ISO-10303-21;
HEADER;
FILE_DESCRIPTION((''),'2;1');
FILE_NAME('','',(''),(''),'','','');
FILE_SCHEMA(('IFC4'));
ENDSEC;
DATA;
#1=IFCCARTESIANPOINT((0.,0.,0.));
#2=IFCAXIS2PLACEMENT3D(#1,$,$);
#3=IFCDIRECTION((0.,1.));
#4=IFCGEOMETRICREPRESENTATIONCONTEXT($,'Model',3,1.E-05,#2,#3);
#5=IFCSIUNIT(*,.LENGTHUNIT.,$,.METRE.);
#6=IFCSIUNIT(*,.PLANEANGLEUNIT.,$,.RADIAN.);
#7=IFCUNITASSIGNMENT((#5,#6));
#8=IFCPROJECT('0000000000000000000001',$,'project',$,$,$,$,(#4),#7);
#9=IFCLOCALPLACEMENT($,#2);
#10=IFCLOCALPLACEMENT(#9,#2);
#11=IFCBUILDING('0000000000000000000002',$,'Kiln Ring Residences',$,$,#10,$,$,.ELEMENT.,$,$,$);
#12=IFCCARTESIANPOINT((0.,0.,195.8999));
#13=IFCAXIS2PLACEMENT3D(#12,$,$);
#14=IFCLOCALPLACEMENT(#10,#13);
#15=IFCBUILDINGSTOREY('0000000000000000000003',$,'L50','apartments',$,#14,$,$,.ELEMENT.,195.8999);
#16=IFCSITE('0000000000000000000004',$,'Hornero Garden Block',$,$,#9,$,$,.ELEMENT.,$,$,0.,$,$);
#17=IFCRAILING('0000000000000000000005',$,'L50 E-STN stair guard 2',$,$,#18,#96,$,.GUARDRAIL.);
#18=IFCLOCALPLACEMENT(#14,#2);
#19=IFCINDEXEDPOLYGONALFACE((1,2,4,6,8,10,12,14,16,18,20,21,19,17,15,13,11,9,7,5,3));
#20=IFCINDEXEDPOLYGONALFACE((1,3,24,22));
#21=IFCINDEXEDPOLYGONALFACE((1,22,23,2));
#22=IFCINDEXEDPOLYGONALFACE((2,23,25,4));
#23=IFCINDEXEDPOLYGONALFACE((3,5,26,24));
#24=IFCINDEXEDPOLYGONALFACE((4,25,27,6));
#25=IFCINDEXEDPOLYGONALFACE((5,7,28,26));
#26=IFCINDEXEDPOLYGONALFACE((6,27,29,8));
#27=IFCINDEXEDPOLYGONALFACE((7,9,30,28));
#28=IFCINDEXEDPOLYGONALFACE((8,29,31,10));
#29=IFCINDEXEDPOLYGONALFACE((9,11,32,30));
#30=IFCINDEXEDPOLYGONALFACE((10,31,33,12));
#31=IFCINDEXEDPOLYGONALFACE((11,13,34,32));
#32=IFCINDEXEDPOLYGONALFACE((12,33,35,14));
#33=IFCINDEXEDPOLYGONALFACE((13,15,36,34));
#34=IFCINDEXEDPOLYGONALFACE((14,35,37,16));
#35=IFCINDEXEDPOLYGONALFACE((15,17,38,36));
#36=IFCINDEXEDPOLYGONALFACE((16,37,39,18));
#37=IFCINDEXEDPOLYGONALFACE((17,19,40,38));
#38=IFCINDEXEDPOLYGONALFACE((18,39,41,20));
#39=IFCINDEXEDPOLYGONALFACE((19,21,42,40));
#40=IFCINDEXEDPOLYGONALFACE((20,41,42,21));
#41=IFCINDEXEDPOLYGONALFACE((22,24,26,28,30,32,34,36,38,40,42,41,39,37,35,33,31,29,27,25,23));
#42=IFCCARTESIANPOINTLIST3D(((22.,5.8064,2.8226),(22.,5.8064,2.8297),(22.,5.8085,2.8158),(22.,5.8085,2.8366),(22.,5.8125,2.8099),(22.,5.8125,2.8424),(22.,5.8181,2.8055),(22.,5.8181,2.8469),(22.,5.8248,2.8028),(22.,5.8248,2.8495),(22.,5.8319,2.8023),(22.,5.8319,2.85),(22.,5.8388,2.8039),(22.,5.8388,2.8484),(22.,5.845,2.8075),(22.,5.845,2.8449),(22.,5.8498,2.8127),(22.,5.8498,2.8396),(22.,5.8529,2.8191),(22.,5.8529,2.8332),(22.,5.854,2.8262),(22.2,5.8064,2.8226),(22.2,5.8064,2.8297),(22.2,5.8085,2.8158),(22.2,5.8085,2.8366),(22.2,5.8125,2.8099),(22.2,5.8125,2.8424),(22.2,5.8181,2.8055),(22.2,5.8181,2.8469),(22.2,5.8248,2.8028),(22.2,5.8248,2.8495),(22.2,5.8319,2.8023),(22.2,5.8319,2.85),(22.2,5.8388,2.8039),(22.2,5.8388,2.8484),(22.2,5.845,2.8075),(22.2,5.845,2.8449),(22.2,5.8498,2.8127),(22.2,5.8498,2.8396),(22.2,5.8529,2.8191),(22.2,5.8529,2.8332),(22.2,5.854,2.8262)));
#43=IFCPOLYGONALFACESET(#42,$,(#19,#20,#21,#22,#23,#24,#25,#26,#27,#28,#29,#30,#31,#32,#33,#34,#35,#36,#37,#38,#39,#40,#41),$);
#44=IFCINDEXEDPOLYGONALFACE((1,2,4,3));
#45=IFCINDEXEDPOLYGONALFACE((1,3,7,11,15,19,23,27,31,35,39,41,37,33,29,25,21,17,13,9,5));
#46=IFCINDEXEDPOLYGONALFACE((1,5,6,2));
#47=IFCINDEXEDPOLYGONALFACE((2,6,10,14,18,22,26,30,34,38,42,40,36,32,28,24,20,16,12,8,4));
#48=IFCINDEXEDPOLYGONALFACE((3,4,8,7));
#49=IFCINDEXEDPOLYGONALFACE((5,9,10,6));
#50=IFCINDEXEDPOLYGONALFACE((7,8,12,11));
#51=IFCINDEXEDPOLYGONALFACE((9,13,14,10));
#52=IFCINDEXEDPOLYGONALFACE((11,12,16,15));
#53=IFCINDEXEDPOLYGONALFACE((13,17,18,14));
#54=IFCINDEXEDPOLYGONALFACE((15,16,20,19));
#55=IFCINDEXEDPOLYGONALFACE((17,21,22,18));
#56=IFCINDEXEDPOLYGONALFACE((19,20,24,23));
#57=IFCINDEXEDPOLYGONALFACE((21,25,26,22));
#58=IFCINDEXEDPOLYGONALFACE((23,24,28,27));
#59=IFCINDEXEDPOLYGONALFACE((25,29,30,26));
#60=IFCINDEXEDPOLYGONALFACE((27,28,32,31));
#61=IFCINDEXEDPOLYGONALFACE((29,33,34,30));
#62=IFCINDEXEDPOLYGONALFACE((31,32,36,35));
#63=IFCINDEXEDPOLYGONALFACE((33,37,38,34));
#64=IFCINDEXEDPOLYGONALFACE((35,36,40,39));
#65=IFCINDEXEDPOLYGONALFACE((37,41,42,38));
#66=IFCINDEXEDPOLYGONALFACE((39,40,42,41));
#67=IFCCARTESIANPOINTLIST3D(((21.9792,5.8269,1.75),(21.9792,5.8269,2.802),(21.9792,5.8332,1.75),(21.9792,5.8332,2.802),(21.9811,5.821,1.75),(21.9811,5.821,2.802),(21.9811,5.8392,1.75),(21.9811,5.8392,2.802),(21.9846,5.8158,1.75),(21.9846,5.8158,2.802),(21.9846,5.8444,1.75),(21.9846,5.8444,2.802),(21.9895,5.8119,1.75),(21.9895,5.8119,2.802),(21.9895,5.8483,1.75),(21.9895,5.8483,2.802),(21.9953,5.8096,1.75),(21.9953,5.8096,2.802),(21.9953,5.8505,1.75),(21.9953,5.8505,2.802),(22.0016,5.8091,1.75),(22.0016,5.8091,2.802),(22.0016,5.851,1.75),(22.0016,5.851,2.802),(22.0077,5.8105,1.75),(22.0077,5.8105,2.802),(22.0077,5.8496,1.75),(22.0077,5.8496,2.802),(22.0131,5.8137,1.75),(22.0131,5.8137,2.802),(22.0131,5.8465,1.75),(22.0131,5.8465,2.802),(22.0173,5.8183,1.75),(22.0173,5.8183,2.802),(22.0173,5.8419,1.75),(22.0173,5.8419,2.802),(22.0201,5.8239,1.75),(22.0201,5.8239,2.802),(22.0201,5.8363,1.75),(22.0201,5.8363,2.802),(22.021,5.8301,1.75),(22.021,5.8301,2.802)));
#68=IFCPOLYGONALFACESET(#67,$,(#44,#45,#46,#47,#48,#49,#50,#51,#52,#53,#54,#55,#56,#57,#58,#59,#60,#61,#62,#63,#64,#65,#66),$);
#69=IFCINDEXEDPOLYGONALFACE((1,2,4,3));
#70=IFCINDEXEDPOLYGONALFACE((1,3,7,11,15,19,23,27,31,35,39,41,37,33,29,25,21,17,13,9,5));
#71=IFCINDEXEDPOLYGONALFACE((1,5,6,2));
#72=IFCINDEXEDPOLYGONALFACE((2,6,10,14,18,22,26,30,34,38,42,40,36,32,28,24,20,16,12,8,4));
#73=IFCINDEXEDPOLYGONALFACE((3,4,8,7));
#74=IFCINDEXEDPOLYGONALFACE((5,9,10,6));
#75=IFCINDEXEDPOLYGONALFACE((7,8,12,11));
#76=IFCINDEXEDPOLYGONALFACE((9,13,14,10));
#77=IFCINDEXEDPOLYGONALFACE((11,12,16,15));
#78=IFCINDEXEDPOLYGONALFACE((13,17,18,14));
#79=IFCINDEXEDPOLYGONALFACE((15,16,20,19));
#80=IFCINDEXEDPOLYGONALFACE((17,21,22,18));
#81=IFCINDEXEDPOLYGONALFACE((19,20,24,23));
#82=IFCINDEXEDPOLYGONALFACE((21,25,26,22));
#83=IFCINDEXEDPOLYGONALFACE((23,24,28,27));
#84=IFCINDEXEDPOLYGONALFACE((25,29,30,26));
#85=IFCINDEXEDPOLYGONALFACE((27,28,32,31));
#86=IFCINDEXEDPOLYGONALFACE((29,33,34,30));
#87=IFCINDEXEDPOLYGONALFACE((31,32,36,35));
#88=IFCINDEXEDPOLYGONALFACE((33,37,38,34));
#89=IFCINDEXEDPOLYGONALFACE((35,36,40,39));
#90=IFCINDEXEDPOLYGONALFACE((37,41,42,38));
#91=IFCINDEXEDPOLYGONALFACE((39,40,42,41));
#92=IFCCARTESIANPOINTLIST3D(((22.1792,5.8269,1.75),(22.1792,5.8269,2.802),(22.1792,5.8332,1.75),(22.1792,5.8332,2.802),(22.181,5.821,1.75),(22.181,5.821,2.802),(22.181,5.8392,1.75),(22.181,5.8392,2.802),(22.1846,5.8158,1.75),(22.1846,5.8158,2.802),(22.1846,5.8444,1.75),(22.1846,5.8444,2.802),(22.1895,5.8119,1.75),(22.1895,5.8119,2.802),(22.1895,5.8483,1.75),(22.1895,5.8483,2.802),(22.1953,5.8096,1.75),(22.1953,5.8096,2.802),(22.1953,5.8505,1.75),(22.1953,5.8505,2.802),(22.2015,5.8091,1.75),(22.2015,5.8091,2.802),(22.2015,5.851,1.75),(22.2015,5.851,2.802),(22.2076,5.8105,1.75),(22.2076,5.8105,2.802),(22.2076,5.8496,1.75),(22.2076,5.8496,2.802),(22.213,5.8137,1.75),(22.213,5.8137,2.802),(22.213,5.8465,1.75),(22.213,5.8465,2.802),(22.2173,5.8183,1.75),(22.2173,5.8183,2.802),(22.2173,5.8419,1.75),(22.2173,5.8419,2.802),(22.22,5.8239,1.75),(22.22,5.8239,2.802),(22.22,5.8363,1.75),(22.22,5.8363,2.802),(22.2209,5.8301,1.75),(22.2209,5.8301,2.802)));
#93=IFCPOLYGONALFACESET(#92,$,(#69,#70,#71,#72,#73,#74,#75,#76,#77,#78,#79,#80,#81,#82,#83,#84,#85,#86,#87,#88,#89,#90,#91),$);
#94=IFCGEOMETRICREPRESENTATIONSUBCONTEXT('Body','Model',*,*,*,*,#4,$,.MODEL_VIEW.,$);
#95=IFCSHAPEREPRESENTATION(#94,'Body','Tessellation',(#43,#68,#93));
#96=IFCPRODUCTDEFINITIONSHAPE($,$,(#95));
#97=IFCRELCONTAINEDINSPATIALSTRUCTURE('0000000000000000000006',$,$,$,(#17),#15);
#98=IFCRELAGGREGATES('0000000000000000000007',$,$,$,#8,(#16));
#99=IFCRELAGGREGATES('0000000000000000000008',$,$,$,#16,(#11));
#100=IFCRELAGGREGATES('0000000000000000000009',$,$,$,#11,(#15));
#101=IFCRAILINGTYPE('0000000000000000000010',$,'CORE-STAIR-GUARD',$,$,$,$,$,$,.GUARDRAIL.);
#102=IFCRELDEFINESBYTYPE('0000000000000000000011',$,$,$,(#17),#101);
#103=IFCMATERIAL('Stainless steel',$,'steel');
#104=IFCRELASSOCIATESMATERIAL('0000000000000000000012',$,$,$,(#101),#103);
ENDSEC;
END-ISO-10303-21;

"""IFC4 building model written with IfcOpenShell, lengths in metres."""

from ifc_helpers import new_model, si_unit, direction, frame, origin, origin_2d, place, context, subcontext, project, spatial, circle, extrude, material, type_object, element, save


model = new_model("IFC4")

# Units and contexts
model_context = context("Model", 3, precision=1e-05, world=origin(), true_north=direction((0.0, 1.0)))
body_context = subcontext(model_context, "Body", "Model", "MODEL_VIEW")
ifc_project = project(units=[si_unit("LENGTHUNIT", "METRE"), si_unit("PLANEANGLEUNIT", "RADIAN")], contexts=[model_context])

# Site, building, storey
site_placement = place(None, origin())
site = spatial("IfcSite", under=ifc_project, at=site_placement, Name="Hornero Garden Block", CompositionType="ELEMENT", RefElevation=0.0)
building_placement = place(site_placement, origin())
building = spatial("IfcBuilding", under=site, at=building_placement, Name="Kiln Ring Residences", CompositionType="ELEMENT")
storey_placement = place(building_placement, frame((0.0, 0.0, 195.8999)))
storey = spatial("IfcBuildingStorey", under=building, at=storey_placement, Name="L50", Description="apartments", CompositionType="ELEMENT", Elevation=195.8999)

# Railing
ifc_material_1 = material(Name="Stainless steel", Category="steel")
railing_type_1 = type_object("IfcRailingType", Name="CORE-STAIR-GUARD", PredefinedType="GUARDRAIL", material=ifc_material_1)
railing_1_placement = place(storey_placement, frame((22.0, 5.8301, 1.75)))
element("IfcRailing", 1, at=railing_1_placement, inside=storey, type_object=railing_type_1, Name="L50 E-STN stair guard 2", PredefinedType="GUARDRAIL", context=body_context, shape_type="SweptSolid", body=[
    extrude(circle(Radius=0.0239, at=origin_2d()), frame((0.0, 0.0, 1.0762), z_axis=(1.0, 0.0, 0.0), x_axis=(0.0, 1.0, 0.0)), (0.0, 0.0, 1.0), 0.2),
    extrude(circle(Radius=0.021, at=origin_2d()), origin(), (0.0, 0.0, 1.0), 1.052),
    extrude(circle(Radius=0.021, at=origin_2d()), frame((0.2, 0.0, 0.0)), (0.0, 0.0, 1.0), 1.052),
])

save(model, "model.ifc")
